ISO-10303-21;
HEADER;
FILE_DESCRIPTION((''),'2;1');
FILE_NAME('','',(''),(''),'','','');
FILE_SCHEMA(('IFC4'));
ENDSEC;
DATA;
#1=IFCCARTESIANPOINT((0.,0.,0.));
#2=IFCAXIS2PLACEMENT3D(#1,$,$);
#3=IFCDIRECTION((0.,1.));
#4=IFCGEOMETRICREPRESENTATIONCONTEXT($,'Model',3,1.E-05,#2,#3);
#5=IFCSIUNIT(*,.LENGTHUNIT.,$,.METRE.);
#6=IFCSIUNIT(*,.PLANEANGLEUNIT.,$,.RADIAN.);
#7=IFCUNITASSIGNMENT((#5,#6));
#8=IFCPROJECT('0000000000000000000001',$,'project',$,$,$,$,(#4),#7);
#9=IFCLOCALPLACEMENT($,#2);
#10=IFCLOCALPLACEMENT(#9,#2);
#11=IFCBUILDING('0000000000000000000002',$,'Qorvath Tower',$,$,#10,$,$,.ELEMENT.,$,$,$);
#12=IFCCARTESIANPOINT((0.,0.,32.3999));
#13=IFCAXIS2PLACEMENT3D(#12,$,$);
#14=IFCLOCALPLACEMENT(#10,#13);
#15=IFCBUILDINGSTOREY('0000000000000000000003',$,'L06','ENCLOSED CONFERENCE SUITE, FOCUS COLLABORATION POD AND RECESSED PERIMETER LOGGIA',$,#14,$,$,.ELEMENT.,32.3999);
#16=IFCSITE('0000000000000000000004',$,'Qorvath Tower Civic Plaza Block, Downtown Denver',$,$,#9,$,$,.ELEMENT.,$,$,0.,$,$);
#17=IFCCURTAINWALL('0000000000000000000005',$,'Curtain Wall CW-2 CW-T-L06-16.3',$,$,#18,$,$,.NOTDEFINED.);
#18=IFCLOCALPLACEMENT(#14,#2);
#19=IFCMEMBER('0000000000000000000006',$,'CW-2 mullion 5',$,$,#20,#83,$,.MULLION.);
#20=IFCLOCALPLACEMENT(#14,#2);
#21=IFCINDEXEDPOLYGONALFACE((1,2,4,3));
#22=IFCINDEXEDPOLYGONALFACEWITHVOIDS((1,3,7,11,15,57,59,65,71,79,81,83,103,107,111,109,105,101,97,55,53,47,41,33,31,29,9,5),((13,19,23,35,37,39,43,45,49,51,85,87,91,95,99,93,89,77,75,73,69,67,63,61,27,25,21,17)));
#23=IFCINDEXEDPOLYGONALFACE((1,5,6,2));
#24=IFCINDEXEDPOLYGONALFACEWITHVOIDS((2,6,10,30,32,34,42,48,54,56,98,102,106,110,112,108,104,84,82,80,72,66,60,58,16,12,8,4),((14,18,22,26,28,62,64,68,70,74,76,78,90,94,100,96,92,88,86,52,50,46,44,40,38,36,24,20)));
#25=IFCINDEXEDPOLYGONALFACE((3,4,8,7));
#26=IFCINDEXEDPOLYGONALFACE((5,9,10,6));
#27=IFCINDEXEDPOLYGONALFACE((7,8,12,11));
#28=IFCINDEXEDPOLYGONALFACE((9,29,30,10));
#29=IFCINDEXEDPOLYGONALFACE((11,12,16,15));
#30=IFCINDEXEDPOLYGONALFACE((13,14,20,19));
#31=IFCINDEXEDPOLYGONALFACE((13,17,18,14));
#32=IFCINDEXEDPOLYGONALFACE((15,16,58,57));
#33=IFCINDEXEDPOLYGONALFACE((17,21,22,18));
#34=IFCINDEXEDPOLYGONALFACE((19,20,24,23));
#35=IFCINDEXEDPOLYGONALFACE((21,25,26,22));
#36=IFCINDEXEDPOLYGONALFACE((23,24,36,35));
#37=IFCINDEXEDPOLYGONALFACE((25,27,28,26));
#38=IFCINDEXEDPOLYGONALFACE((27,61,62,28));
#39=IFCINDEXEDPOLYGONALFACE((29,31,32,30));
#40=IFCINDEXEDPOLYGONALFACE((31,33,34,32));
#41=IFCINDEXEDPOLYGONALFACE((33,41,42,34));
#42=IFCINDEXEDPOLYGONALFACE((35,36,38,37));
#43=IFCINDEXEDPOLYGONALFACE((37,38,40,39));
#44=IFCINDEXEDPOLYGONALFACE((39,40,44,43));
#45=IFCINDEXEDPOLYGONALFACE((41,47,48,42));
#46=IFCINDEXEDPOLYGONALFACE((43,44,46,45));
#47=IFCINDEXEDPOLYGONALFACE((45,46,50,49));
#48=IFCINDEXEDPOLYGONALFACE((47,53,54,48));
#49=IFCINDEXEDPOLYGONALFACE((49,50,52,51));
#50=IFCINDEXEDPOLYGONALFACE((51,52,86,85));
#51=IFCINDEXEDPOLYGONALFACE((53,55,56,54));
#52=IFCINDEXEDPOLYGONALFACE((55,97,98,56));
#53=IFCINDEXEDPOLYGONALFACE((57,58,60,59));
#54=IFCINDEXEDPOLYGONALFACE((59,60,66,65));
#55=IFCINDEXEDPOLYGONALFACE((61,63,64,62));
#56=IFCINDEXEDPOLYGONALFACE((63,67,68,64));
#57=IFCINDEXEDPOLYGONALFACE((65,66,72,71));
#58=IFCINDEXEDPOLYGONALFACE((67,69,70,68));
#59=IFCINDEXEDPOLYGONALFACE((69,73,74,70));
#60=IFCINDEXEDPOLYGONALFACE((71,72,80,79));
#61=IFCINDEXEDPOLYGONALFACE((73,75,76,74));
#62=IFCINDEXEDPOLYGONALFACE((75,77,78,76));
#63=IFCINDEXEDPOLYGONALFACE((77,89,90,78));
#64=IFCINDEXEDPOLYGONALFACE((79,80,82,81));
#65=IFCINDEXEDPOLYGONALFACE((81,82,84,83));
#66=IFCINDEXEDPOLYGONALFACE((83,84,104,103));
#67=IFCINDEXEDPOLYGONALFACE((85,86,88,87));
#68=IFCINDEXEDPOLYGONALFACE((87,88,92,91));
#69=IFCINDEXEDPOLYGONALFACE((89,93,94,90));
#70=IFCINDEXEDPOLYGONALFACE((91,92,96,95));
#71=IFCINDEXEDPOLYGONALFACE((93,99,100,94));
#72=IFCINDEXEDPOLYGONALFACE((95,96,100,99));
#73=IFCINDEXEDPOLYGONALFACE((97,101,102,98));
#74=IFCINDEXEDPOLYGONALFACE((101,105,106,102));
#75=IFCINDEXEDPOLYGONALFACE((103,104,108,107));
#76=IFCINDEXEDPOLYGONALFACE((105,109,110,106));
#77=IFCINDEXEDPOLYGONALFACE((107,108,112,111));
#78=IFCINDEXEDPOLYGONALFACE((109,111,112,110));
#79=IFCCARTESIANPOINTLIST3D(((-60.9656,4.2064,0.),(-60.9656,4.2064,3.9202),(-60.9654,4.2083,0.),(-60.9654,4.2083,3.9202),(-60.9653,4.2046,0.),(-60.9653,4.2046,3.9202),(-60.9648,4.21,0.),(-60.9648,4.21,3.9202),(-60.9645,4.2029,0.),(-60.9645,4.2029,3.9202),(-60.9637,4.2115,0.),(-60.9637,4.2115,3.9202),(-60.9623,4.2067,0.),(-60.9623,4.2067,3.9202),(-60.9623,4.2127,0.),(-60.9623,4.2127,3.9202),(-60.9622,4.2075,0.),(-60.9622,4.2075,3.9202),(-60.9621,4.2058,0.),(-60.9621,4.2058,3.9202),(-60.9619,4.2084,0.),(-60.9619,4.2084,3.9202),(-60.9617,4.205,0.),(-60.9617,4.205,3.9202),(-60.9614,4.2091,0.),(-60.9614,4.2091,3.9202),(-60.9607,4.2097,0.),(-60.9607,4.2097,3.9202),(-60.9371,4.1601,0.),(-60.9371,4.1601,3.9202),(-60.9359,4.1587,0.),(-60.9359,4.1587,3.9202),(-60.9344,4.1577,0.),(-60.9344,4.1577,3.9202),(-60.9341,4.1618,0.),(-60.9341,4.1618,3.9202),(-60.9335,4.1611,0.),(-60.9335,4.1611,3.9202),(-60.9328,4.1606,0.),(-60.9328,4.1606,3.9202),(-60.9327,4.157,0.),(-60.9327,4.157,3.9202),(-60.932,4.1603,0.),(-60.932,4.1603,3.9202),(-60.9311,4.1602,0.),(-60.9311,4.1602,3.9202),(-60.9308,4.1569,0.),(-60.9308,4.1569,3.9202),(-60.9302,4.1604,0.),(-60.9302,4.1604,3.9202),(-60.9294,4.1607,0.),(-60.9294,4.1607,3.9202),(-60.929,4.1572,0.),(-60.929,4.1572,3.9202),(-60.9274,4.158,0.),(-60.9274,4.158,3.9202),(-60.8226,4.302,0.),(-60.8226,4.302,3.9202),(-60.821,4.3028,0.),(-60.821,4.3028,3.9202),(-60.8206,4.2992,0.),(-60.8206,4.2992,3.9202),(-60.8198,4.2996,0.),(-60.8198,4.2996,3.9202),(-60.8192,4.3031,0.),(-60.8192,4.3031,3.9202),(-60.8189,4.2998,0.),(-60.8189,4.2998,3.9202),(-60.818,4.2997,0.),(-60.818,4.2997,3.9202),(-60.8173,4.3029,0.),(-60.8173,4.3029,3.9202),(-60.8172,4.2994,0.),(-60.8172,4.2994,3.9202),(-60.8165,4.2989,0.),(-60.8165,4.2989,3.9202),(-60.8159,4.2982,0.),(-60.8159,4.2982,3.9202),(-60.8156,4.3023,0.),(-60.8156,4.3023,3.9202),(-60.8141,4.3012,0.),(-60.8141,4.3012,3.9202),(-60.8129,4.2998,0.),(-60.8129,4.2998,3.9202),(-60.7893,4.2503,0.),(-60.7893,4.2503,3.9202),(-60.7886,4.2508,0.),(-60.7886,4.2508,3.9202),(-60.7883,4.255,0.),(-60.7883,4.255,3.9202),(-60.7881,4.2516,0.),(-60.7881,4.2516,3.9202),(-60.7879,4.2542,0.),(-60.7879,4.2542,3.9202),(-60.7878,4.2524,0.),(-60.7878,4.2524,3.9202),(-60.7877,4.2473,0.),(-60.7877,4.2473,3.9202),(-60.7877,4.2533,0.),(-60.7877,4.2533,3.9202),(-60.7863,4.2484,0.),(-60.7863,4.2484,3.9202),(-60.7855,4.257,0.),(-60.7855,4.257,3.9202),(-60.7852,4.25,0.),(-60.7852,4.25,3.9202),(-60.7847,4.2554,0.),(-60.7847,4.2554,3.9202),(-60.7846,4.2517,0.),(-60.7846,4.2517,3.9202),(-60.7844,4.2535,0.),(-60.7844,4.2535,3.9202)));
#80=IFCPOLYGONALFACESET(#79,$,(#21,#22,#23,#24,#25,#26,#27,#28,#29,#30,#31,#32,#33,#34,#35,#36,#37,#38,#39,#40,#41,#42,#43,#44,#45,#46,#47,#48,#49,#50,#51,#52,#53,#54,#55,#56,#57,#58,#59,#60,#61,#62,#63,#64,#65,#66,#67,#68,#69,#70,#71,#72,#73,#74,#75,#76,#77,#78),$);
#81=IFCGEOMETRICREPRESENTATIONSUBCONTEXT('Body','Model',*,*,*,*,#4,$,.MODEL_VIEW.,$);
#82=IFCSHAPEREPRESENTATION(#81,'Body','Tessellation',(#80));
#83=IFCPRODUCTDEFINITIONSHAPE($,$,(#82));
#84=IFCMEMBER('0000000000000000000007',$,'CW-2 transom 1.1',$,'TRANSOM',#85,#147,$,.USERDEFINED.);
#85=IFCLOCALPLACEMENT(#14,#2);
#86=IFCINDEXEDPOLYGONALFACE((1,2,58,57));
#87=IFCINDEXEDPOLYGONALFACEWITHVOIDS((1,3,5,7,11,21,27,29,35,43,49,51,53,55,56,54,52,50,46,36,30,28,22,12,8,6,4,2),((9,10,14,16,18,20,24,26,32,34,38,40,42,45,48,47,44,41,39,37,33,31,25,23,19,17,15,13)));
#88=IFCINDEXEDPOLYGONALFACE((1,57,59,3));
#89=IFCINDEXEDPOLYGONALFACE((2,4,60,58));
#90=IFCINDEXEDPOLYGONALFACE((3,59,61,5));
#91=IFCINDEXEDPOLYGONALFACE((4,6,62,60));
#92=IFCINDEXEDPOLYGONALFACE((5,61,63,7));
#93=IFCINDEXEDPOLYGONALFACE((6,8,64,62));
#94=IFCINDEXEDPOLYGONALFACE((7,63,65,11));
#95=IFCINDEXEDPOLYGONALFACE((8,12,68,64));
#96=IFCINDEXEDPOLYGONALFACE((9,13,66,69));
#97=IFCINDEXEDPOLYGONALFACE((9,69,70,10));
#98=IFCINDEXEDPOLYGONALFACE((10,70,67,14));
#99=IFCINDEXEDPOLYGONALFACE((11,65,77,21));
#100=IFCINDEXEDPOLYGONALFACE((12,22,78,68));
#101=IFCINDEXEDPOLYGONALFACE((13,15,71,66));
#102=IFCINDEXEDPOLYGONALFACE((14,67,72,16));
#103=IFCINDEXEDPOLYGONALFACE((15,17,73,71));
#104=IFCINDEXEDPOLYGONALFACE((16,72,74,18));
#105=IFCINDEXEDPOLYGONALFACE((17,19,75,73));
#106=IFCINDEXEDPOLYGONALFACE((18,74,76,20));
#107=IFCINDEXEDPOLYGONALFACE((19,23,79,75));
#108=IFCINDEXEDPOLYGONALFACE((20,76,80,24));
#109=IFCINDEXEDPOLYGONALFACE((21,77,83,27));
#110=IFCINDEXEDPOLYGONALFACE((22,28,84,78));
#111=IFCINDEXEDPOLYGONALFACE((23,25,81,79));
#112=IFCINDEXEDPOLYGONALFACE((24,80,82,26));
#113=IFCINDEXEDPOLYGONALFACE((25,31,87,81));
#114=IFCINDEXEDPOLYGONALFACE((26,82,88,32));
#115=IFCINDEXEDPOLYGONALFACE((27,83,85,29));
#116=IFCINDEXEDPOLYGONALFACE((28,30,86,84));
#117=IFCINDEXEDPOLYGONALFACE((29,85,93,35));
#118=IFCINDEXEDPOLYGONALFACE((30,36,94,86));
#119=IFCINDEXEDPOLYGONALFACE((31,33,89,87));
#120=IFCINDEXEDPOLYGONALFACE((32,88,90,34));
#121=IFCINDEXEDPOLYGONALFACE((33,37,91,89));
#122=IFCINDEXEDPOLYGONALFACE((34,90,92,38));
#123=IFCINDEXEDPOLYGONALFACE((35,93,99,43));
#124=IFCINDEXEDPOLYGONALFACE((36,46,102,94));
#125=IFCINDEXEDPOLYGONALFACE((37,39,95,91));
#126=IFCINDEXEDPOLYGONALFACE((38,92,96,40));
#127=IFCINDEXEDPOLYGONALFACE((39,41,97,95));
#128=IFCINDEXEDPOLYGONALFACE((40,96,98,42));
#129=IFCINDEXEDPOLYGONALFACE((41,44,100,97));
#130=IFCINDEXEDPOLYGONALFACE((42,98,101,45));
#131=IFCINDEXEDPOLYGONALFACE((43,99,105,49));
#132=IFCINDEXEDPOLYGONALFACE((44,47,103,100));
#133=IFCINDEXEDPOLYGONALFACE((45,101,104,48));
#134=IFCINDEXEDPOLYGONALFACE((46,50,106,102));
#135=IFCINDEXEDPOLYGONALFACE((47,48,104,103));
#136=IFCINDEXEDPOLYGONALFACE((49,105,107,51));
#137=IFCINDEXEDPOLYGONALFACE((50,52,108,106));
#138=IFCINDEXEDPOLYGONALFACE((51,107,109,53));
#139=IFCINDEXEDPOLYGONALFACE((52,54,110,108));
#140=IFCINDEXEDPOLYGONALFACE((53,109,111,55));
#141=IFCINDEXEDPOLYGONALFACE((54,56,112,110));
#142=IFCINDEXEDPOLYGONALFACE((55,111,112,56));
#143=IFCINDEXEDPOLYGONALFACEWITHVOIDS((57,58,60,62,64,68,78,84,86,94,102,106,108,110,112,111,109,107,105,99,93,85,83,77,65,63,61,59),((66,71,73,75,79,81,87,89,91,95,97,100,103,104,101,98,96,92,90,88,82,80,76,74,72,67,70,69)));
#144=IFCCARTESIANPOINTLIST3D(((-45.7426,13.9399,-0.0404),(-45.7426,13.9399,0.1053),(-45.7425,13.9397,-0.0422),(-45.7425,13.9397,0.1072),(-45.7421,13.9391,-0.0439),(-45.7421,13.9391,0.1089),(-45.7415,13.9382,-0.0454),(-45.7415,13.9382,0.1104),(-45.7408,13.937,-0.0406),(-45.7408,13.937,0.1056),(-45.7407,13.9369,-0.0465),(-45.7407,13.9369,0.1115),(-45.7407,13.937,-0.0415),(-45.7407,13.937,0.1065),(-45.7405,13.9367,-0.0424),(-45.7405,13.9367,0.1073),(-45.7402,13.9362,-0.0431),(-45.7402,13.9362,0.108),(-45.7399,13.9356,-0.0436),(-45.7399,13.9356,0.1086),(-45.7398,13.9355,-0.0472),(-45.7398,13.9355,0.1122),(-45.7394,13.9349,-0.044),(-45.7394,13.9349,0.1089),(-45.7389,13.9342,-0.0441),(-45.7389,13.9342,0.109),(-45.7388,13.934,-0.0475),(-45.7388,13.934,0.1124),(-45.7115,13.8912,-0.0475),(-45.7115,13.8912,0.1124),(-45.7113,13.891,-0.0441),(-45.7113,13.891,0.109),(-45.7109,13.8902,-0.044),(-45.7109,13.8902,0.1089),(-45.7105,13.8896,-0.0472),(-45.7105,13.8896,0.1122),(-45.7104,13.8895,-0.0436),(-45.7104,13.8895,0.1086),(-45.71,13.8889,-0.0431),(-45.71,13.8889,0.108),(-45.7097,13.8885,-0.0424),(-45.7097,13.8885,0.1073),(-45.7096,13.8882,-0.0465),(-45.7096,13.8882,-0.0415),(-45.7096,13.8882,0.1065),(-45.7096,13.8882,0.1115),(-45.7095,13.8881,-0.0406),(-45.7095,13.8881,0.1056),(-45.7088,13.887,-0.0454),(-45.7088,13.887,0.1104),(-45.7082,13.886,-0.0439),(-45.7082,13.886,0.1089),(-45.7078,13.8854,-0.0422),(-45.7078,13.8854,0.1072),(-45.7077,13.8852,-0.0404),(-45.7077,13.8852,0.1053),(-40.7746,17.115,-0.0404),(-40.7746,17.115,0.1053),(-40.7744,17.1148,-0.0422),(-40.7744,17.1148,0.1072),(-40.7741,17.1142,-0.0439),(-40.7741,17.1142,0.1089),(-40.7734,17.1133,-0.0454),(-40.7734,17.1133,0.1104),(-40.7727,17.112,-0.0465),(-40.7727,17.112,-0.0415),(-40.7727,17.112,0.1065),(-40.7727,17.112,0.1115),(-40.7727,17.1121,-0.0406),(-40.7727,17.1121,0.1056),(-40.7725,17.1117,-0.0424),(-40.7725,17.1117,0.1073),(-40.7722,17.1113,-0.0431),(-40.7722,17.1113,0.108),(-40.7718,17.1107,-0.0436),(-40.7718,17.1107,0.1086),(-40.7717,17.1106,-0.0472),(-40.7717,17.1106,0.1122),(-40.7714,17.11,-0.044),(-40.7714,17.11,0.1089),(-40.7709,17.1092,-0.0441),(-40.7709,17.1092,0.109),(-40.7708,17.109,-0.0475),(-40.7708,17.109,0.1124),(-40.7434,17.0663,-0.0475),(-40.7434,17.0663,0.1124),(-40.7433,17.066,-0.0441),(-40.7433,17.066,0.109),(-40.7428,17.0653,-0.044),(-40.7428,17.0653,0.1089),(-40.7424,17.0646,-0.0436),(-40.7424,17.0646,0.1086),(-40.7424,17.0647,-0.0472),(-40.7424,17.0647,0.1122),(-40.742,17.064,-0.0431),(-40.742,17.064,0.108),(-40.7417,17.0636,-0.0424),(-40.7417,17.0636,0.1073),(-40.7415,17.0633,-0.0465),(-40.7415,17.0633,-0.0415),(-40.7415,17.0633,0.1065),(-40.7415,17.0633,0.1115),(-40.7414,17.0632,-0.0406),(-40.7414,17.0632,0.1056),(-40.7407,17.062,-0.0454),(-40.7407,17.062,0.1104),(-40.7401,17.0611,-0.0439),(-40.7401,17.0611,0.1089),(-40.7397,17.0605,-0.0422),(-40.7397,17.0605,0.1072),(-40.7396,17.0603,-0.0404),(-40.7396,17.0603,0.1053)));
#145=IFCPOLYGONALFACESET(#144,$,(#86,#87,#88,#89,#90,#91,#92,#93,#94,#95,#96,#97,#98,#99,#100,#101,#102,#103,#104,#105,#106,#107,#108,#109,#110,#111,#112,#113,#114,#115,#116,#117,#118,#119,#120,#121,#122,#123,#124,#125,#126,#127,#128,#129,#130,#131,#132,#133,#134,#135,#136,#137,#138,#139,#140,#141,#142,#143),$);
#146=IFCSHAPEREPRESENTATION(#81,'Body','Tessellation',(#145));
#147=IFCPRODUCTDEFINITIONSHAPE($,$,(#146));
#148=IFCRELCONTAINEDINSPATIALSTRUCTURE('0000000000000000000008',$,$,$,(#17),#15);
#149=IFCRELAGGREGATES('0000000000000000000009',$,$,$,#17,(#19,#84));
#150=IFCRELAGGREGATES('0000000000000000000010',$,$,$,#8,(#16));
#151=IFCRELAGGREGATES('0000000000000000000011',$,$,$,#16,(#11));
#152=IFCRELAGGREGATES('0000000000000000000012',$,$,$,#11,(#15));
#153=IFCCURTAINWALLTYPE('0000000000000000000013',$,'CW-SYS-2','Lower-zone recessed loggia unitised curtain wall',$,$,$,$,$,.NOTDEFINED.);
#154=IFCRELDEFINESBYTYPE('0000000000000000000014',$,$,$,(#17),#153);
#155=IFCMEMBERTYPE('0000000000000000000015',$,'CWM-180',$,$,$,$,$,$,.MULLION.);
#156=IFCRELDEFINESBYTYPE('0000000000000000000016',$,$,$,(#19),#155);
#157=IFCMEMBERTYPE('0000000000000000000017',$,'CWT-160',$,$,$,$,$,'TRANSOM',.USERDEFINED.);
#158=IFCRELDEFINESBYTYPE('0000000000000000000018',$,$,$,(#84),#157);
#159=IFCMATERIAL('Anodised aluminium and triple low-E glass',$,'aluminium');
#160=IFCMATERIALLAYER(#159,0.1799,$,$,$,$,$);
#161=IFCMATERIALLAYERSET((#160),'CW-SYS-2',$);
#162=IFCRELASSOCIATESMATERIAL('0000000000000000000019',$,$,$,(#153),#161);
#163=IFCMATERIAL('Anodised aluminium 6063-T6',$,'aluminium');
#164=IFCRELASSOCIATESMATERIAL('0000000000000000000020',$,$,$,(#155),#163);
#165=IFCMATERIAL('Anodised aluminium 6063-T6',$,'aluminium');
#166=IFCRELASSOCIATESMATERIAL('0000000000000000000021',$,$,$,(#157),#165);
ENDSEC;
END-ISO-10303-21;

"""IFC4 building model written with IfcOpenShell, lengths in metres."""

from ifc_helpers import new_model, si_unit, direction, frame, origin, origin_2d, place, context, subcontext, project, spatial, hollow_rectangle, extrude, material, layer, layer_set, material_profile, profile_set, type_object, element, aggregate, save


model = new_model("IFC4")

# Units and contexts
model_context = context("Model", 3, precision=1e-05, world=origin(), true_north=direction((0.0, 1.0)))
body_context = subcontext(model_context, "Body", "Model", "MODEL_VIEW")
ifc_project = project(units=[si_unit("LENGTHUNIT", "METRE"), si_unit("PLANEANGLEUNIT", "RADIAN")], contexts=[model_context])

# Site, building, storey
site_placement = place(None, origin())
site = spatial("IfcSite", under=ifc_project, at=site_placement, Name="Qorvath Tower Civic Plaza Block, Downtown Denver", CompositionType="ELEMENT", RefElevation=0.0)
building_placement = place(site_placement, origin())
building = spatial("IfcBuilding", under=site, at=building_placement, Name="Qorvath Tower", CompositionType="ELEMENT")
storey_placement = place(building_placement, frame((0.0, 0.0, 32.3999)))
storey = spatial("IfcBuildingStorey", under=building, at=storey_placement, Name="L06", Description="ENCLOSED CONFERENCE SUITE, FOCUS COLLABORATION POD AND RECESSED PERIMETER LOGGIA", CompositionType="ELEMENT", Elevation=32.3999)

# Curtain wall, members
ifc_material_1 = material(Name="Anodised aluminium and triple low-E glass", Category="aluminium")
ifc_layer_1 = layer(ifc_material_1, 0.1799)
ifc_layer_set_1 = layer_set([ifc_layer_1], Name="CW-SYS-2")
curtain_wall_type = type_object("IfcCurtainWallType", Name="CW-SYS-2", Description="Lower-zone recessed loggia unitised curtain wall", PredefinedType="NOTDEFINED", material=ifc_layer_set_1)
curtain_wall_placement = place(storey_placement, origin())
curtain_wall = element("IfcCurtainWall", 1, at=curtain_wall_placement, inside=storey, type_object=curtain_wall_type, Name="Curtain Wall CW-2 CW-T-L06-16.3", PredefinedType="NOTDEFINED")
ifc_material_2 = material(Name="Anodised aluminium 6063-T6", Category="aluminium")
ifc_material_profile_1 = material_profile(ifc_material_2, hollow_rectangle(XDim=0.0649, YDim=0.1799, WallThickness=0.0034, InnerFilletRadius=0.0034, OuterFilletRadius=0.0071, at=origin_2d()), Name="CWM 180x65")
ifc_profile_set_1 = profile_set([ifc_material_profile_1], Name="Anodised aluminium 6063-T6")
member_type_1 = type_object("IfcMemberType", Name="CWM-180", PredefinedType="MULLION", material=ifc_profile_set_1)
member_1_placement = place(storey_placement, frame((-60.875, 4.23, 0.0), z_axis=(0.0, 0.0, 1.0), x_axis=(0.538529, -0.842607, 0.0)))
member_1 = element("IfcMember", 2, at=member_1_placement, type_object=member_type_1, Name="CW-2 mullion 5", PredefinedType="MULLION", context=body_context, shape_type="SweptSolid", body=[
    extrude(hollow_rectangle(XDim=0.0649, YDim=0.1799, WallThickness=0.0034, InnerFilletRadius=0.0034, OuterFilletRadius=0.0071, at=origin_2d()), origin(), (0.0, 0.0, 1.0), 3.9202),
])
ifc_material_3 = material(Name="Anodised aluminium 6063-T6", Category="aluminium")
ifc_material_profile_2 = material_profile(ifc_material_3, hollow_rectangle(XDim=0.0649, YDim=0.1599, WallThickness=0.0034, InnerFilletRadius=0.0034, OuterFilletRadius=0.0071, at=origin_2d()), Name="CWT 160x65")
ifc_profile_set_2 = profile_set([ifc_material_profile_2], Name="Anodised aluminium 6063-T6")
member_type_2 = type_object("IfcMemberType", Name="CWT-160", ElementType="TRANSOM", PredefinedType="USERDEFINED", material=ifc_profile_set_2)
member_2_placement = place(storey_placement, frame((-40.7571, 17.0876, 0.0325), z_axis=(-0.842616, -0.538514, 0.0), x_axis=(0.538514, -0.842616, 0.0)))
member_2 = element("IfcMember", 3, at=member_2_placement, type_object=member_type_2, Name="CW-2 transom 1.1", ObjectType="TRANSOM", PredefinedType="USERDEFINED", context=body_context, shape_type="SweptSolid", body=[
    extrude(hollow_rectangle(XDim=0.0649, YDim=0.1599, WallThickness=0.0034, InnerFilletRadius=0.0034, OuterFilletRadius=0.0071, at=origin_2d()), origin(), (0.0, 0.0, 1.0), 5.896),
])
aggregate(curtain_wall, [member_1, member_2])

save(model, "model.ifc")
